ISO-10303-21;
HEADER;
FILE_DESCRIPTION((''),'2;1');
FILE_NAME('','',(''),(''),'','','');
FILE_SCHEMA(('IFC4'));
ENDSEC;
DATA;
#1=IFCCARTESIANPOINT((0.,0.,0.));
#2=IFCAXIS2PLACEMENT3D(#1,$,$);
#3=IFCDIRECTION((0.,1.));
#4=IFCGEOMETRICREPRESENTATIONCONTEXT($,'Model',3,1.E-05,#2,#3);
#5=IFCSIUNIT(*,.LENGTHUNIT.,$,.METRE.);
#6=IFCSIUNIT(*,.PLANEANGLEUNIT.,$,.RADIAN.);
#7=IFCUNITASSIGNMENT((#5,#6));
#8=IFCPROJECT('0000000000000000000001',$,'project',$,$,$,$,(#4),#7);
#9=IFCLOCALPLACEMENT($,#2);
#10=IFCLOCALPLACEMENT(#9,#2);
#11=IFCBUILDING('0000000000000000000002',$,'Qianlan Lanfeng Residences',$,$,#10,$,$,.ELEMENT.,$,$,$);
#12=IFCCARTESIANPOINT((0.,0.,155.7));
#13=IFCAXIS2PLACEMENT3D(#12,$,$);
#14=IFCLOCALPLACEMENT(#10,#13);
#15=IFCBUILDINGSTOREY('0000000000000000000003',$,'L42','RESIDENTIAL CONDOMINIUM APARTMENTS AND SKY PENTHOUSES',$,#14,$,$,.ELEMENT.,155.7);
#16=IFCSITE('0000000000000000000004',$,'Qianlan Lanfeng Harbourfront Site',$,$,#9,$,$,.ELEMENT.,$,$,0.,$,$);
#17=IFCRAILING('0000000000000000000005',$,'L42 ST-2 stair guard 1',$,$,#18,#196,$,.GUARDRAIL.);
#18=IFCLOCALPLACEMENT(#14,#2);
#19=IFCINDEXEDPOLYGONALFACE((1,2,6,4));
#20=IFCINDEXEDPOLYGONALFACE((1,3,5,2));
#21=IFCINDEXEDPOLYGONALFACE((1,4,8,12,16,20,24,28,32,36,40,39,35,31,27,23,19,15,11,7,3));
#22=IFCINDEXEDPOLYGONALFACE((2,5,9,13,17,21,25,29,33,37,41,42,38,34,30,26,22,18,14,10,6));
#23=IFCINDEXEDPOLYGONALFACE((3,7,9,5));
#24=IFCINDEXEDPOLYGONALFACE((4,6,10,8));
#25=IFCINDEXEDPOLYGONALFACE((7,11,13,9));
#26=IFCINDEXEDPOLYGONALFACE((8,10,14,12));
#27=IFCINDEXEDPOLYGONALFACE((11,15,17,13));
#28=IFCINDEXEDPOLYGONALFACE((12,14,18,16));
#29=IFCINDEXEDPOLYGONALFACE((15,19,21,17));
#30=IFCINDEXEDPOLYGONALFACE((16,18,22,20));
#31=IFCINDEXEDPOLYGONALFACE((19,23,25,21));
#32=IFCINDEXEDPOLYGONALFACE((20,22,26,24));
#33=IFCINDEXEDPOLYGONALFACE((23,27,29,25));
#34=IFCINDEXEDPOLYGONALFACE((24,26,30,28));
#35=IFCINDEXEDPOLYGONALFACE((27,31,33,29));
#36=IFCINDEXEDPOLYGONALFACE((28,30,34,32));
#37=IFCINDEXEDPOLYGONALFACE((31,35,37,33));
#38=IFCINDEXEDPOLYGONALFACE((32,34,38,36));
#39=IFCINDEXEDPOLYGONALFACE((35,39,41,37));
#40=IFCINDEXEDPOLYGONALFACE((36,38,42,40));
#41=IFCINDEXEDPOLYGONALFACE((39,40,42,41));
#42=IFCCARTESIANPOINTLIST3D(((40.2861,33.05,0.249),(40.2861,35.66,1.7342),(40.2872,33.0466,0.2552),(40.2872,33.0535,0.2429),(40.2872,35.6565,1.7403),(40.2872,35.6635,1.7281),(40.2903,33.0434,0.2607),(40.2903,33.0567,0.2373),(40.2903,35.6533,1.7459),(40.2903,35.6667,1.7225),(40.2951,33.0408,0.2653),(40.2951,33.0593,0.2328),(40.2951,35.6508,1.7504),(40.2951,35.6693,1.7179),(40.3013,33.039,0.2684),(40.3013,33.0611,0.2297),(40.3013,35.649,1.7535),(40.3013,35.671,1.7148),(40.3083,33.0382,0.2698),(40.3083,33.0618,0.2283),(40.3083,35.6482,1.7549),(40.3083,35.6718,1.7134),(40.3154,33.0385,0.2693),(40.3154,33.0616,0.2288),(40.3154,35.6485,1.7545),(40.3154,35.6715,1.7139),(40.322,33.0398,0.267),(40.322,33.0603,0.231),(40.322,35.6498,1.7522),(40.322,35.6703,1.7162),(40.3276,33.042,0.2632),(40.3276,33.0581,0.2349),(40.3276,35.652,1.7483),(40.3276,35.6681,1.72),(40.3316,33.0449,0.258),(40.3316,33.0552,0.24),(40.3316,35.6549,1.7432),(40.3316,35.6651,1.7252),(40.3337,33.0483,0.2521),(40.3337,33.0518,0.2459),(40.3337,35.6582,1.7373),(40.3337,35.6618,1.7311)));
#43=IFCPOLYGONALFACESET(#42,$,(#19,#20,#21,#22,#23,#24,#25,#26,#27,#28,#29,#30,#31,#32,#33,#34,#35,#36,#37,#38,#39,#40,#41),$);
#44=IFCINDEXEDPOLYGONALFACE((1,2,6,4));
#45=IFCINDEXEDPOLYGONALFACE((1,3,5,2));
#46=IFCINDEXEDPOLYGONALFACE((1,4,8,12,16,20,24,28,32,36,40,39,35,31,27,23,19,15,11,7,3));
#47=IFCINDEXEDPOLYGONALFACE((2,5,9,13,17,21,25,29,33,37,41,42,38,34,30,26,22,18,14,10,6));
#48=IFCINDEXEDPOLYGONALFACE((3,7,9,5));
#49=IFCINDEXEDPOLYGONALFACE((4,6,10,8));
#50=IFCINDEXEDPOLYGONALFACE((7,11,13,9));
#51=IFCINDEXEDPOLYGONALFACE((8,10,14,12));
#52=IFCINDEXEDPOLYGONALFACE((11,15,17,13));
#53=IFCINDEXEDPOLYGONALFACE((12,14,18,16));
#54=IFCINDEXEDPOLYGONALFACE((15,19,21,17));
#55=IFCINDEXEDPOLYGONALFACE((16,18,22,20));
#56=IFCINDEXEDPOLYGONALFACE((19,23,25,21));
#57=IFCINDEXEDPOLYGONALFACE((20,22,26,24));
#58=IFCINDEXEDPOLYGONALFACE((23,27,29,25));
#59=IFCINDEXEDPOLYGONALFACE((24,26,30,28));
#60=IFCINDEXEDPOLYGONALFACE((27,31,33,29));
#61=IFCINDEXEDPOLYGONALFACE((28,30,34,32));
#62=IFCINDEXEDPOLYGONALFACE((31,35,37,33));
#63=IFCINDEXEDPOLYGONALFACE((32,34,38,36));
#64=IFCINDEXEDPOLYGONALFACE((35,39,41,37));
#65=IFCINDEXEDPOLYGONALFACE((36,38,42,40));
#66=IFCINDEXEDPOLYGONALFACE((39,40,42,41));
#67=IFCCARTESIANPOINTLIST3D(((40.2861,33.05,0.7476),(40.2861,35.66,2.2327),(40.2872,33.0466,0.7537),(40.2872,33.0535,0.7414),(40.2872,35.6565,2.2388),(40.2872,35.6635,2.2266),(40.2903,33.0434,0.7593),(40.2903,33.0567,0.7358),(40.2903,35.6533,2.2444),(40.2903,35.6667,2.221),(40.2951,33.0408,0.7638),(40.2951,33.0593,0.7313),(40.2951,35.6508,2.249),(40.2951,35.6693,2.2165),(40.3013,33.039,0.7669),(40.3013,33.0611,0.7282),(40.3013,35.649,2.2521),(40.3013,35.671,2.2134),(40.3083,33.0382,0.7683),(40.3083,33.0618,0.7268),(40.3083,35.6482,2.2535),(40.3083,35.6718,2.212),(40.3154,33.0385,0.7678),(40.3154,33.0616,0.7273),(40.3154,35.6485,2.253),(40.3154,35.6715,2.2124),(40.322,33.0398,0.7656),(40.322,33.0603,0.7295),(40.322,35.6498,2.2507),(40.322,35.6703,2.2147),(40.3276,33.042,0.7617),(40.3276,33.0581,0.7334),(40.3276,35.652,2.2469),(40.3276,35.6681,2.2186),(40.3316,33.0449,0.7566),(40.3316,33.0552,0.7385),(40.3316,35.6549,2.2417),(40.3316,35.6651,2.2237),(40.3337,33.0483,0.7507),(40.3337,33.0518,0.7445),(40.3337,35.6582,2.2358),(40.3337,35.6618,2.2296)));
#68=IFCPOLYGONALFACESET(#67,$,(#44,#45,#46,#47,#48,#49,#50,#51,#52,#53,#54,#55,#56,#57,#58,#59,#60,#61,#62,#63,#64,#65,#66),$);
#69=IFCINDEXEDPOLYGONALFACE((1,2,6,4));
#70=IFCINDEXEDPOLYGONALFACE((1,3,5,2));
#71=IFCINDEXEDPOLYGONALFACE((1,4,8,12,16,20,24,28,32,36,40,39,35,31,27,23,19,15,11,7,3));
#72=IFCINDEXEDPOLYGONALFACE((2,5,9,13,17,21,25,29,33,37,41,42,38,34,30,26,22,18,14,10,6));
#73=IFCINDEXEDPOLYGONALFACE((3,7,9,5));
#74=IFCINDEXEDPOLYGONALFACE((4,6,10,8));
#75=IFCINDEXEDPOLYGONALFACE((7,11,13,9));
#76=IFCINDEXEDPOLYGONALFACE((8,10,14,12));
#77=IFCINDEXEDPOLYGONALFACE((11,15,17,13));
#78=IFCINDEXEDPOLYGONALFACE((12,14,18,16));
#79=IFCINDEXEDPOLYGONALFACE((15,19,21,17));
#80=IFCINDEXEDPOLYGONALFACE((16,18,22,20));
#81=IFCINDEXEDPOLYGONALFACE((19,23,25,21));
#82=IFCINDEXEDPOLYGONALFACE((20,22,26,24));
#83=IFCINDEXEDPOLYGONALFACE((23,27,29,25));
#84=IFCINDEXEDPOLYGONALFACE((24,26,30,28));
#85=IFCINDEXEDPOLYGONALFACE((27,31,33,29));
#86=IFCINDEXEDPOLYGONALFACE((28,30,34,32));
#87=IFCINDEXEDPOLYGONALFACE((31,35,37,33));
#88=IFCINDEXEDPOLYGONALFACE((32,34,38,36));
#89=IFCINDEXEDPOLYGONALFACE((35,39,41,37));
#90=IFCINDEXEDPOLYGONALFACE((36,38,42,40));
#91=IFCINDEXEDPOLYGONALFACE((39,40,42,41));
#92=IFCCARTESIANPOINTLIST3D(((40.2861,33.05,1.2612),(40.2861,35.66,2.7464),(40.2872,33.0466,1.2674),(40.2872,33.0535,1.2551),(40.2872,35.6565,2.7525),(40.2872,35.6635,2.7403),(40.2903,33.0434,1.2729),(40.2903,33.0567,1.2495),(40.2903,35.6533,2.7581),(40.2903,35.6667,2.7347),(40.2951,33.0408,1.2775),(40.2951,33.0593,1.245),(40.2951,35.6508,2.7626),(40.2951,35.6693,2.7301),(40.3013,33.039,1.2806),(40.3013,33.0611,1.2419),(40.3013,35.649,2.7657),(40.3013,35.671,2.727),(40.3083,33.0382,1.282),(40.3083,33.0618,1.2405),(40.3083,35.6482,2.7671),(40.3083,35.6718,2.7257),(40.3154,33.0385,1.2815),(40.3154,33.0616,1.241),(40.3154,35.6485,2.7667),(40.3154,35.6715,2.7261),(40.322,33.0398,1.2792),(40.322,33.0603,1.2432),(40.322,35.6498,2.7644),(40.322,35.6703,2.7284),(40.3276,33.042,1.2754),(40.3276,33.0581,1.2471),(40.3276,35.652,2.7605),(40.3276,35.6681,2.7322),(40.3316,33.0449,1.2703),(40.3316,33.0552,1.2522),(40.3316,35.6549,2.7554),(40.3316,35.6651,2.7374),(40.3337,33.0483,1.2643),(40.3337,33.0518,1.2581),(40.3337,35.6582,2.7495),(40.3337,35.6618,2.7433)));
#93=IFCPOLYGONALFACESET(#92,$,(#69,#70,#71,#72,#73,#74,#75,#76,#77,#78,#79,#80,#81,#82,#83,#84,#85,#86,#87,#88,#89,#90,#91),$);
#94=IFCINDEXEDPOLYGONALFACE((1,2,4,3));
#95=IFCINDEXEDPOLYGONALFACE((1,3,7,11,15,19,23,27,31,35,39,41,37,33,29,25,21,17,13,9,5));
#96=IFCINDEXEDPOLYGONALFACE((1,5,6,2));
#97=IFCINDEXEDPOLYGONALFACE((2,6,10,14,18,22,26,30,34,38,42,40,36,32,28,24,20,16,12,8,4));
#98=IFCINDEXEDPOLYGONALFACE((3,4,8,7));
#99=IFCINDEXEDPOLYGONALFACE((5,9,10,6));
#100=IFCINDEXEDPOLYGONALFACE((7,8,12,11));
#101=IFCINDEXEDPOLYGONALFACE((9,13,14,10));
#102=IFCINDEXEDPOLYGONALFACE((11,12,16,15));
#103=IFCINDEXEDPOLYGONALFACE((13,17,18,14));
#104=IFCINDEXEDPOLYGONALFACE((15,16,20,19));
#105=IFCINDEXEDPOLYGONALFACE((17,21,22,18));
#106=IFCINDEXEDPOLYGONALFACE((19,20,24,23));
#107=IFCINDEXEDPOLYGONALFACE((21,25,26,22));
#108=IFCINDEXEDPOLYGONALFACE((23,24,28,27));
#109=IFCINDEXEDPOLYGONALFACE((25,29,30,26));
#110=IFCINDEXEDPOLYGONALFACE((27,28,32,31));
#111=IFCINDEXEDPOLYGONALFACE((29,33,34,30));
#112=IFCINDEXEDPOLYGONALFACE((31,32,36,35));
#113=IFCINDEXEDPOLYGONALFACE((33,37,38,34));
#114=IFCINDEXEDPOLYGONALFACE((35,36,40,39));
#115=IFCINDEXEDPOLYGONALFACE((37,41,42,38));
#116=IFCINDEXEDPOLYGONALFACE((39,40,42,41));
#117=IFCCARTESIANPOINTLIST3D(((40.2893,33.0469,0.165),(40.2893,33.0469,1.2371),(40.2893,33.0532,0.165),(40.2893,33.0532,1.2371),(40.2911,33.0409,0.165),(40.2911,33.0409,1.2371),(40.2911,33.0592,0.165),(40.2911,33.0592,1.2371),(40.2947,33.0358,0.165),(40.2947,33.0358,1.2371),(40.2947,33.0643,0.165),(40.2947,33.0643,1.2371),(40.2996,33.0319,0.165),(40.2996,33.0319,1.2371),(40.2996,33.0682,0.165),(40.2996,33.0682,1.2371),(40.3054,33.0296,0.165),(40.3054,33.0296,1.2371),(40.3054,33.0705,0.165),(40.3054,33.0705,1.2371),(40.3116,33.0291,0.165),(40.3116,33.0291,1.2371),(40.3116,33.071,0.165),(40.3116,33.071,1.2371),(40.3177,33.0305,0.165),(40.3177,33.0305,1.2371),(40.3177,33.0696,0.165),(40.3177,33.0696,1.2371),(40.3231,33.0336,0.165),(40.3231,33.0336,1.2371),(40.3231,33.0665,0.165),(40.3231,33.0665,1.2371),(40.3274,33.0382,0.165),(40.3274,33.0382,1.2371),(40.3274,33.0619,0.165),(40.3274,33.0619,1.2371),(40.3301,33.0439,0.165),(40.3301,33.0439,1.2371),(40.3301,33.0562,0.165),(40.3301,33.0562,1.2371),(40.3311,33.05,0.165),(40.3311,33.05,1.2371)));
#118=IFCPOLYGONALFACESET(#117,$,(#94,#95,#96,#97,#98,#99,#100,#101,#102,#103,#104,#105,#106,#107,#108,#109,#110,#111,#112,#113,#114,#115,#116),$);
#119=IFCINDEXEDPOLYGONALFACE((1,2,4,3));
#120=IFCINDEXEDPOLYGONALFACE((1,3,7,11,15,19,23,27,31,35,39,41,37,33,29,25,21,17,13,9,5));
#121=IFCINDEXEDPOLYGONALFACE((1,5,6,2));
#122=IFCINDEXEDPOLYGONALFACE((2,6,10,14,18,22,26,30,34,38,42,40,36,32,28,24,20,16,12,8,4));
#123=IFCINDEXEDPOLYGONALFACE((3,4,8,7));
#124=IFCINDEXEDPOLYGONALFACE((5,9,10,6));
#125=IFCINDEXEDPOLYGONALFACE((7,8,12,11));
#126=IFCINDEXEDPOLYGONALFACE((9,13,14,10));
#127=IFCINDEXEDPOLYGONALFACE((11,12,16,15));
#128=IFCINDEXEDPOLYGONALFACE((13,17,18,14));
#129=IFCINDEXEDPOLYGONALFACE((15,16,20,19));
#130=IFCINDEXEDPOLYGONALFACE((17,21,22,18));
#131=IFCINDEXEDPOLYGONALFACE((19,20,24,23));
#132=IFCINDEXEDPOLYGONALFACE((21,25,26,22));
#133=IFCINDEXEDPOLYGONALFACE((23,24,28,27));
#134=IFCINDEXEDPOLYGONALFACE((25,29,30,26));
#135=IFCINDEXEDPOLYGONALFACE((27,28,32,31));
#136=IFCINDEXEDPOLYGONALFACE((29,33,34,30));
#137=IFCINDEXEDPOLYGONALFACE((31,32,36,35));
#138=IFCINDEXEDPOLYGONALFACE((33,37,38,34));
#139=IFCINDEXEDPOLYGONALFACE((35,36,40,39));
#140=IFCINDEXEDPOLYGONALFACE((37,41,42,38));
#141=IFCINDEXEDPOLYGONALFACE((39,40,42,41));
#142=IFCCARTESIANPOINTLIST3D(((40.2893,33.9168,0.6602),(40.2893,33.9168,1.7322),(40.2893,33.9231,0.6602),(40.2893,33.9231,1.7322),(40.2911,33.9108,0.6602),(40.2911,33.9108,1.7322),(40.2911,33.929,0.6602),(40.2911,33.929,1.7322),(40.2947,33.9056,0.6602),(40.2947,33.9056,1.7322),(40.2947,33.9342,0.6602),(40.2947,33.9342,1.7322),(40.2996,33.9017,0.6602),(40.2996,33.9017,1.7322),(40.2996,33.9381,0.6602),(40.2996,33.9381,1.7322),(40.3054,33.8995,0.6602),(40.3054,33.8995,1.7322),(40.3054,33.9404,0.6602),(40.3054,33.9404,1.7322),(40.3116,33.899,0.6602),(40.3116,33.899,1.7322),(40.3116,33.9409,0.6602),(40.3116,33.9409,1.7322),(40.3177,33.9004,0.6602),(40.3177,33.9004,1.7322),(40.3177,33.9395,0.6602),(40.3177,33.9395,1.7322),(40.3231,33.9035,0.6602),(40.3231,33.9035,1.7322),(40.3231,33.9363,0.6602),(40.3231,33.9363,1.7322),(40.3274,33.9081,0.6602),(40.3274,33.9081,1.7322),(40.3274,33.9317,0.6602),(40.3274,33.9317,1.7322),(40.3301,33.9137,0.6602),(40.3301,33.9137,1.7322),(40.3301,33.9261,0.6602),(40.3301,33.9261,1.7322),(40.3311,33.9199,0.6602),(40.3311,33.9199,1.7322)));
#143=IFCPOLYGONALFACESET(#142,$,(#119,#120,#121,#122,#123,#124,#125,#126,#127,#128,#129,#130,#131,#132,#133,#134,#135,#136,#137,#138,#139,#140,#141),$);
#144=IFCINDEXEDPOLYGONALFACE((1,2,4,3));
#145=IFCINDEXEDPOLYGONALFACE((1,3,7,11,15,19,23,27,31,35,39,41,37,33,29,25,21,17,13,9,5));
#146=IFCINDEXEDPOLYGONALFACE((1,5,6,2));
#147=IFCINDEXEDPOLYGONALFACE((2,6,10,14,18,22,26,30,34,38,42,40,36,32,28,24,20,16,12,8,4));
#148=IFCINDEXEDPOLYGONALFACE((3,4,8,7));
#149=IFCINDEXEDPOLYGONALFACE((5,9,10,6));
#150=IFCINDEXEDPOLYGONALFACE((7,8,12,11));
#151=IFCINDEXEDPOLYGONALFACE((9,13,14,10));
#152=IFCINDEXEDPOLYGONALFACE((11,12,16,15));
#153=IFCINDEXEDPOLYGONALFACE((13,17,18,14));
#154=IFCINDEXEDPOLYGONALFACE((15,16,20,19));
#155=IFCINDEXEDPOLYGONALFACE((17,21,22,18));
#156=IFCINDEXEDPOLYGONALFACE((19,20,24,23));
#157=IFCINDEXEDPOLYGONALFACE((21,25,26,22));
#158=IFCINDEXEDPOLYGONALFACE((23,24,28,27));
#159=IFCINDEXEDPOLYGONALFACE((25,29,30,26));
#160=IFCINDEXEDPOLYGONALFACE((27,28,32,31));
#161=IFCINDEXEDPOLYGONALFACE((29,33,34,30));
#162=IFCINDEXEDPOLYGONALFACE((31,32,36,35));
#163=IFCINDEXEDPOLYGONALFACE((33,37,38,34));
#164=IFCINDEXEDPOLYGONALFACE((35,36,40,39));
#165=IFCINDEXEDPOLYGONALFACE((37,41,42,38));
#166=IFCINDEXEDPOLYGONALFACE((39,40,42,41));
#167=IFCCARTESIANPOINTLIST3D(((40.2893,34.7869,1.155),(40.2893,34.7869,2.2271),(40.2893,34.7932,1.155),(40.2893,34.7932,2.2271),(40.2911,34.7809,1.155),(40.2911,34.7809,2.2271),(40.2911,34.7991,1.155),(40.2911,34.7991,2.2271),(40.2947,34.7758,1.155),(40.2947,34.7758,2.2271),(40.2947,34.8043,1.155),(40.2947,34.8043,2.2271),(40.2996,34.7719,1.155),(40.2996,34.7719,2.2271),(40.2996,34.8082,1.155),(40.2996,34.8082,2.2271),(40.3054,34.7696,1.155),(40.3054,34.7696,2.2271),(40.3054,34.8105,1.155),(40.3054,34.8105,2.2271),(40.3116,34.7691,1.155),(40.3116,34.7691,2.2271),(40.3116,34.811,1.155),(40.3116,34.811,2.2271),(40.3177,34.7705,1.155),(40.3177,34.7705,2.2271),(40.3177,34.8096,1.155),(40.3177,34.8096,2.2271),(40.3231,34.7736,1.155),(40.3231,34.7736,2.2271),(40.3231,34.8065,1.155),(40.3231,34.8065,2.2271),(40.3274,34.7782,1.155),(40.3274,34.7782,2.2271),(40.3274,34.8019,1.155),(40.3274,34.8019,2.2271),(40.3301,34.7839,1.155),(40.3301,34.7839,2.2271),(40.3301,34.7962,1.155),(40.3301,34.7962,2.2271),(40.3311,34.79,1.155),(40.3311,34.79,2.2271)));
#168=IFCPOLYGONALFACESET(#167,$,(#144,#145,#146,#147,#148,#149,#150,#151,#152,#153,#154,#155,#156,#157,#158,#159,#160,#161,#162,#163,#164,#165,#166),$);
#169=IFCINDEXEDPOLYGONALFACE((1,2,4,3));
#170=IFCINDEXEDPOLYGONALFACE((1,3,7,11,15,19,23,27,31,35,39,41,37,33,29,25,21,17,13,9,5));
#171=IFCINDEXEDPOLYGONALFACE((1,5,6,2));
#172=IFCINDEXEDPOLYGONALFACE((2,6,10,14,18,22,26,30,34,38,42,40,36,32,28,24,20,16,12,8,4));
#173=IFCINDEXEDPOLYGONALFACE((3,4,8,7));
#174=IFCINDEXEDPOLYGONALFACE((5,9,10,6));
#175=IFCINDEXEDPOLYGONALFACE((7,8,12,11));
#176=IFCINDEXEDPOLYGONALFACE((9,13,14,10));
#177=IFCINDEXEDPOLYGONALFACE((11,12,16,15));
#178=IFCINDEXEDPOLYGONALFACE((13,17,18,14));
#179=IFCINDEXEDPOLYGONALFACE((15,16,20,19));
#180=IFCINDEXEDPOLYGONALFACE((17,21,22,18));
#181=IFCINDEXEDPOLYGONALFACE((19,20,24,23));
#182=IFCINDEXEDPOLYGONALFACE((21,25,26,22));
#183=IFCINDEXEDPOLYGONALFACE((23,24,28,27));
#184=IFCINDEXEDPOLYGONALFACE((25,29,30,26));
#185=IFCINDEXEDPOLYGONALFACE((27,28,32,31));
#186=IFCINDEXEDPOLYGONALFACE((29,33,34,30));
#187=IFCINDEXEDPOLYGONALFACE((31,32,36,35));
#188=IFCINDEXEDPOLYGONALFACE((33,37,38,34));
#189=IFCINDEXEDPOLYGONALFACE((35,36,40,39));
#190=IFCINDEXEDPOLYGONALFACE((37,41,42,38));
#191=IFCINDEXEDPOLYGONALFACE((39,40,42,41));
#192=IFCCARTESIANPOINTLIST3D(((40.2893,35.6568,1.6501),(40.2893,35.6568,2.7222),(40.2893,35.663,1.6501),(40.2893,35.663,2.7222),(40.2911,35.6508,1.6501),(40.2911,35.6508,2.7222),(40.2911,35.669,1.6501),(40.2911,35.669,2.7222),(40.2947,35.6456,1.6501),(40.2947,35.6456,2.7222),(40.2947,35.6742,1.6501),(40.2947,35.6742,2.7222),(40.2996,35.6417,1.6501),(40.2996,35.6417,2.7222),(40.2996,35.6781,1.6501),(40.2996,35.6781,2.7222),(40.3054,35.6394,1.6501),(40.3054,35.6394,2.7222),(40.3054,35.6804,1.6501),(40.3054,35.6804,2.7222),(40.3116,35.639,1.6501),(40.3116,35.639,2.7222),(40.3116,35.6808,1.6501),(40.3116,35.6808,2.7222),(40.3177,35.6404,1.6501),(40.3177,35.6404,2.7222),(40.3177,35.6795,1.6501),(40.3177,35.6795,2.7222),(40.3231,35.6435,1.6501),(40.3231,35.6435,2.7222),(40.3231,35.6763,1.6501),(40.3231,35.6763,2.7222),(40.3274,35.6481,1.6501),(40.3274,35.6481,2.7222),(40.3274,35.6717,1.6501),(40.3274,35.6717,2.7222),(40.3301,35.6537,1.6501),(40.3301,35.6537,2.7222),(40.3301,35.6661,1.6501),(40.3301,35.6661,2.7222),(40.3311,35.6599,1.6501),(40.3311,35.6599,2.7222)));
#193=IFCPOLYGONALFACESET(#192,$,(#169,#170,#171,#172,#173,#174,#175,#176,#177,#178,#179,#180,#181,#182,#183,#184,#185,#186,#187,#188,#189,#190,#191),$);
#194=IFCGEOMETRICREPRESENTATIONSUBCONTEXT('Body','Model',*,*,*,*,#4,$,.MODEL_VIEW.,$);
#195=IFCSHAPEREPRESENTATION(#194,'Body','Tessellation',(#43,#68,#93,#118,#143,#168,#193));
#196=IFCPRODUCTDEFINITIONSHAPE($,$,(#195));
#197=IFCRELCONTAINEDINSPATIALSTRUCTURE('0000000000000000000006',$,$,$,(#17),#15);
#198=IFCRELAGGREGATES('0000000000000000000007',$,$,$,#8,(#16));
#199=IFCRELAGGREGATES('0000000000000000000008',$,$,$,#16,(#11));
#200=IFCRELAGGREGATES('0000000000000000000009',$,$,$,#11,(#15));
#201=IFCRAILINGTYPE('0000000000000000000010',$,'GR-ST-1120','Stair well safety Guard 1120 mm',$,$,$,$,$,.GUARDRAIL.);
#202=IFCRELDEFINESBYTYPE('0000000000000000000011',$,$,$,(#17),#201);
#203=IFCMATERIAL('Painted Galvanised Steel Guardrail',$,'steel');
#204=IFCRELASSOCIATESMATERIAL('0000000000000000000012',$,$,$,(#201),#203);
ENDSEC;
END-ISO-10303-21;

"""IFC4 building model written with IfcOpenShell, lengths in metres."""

from ifc_helpers import new_model, si_unit, direction, frame, origin, origin_2d, place, context, subcontext, project, spatial, circle, extrude, material, type_object, element, save


model = new_model("IFC4")

# Units and contexts
model_context = context("Model", 3, precision=1e-05, world=origin(), true_north=direction((0.0, 1.0)))
body_context = subcontext(model_context, "Body", "Model", "MODEL_VIEW")
ifc_project = project(units=[si_unit("LENGTHUNIT", "METRE"), si_unit("PLANEANGLEUNIT", "RADIAN")], contexts=[model_context])

# Site, building, storey
site_placement = place(None, origin())
site = spatial("IfcSite", under=ifc_project, at=site_placement, Name="Qianlan Lanfeng Harbourfront Site", CompositionType="ELEMENT", RefElevation=0.0)
building_placement = place(site_placement, origin())
building = spatial("IfcBuilding", under=site, at=building_placement, Name="Qianlan Lanfeng Residences", CompositionType="ELEMENT")
storey_placement = place(building_placement, frame((0.0, 0.0, 155.7)))
storey = spatial("IfcBuildingStorey", under=building, at=storey_placement, Name="L42", Description="RESIDENTIAL CONDOMINIUM APARTMENTS AND SKY PENTHOUSES", CompositionType="ELEMENT", Elevation=155.7)

# Railing
ifc_material_1 = material(Name="Painted Galvanised Steel Guardrail", Category="steel")
railing_type_1 = type_object("IfcRailingType", Name="GR-ST-1120", Description="Stair well safety Guard 1120 mm", PredefinedType="GUARDRAIL", material=ifc_material_1)
railing_1_placement = place(storey_placement, frame((40.3101, 33.05, 0.165)))
element("IfcRailing", 1, at=railing_1_placement, inside=storey, type_object=railing_type_1, Name="L42 ST-2 stair guard 1", PredefinedType="GUARDRAIL", context=body_context, shape_type="SweptSolid", body=[
    extrude(circle(Radius=0.0239, at=origin_2d()), frame((0.0, 0.0, 0.084), z_axis=(0.0, 0.869137, 0.494571), x_axis=(-1.0, 0.0, 0.0)), (0.0, 0.0, 1.0), 3.0029),
    extrude(circle(Radius=0.0239, at=origin_2d()), frame((0.0, 0.0, 0.5825), z_axis=(0.0, 0.869137, 0.494571), x_axis=(-1.0, 0.0, 0.0)), (0.0, 0.0, 1.0), 3.0029),
    extrude(circle(Radius=0.0239, at=origin_2d()), frame((0.0, 0.0, 1.0962), z_axis=(0.0, 0.869137, 0.494571), x_axis=(-1.0, 0.0, 0.0)), (0.0, 0.0, 1.0), 3.0029),
    extrude(circle(Radius=0.021, at=origin_2d()), origin(), (0.0, 0.0, 1.0), 1.072),
    extrude(circle(Radius=0.021, at=origin_2d()), frame((0.0, 0.8699, 0.4951)), (0.0, 0.0, 1.0), 1.072),
    extrude(circle(Radius=0.021, at=origin_2d()), frame((0.0, 1.74, 0.99)), (0.0, 0.0, 1.0), 1.072),
    extrude(circle(Radius=0.021, at=origin_2d()), frame((0.0, 2.6099, 1.4851)), (0.0, 0.0, 1.0), 1.072),
])

save(model, "model.ifc")
